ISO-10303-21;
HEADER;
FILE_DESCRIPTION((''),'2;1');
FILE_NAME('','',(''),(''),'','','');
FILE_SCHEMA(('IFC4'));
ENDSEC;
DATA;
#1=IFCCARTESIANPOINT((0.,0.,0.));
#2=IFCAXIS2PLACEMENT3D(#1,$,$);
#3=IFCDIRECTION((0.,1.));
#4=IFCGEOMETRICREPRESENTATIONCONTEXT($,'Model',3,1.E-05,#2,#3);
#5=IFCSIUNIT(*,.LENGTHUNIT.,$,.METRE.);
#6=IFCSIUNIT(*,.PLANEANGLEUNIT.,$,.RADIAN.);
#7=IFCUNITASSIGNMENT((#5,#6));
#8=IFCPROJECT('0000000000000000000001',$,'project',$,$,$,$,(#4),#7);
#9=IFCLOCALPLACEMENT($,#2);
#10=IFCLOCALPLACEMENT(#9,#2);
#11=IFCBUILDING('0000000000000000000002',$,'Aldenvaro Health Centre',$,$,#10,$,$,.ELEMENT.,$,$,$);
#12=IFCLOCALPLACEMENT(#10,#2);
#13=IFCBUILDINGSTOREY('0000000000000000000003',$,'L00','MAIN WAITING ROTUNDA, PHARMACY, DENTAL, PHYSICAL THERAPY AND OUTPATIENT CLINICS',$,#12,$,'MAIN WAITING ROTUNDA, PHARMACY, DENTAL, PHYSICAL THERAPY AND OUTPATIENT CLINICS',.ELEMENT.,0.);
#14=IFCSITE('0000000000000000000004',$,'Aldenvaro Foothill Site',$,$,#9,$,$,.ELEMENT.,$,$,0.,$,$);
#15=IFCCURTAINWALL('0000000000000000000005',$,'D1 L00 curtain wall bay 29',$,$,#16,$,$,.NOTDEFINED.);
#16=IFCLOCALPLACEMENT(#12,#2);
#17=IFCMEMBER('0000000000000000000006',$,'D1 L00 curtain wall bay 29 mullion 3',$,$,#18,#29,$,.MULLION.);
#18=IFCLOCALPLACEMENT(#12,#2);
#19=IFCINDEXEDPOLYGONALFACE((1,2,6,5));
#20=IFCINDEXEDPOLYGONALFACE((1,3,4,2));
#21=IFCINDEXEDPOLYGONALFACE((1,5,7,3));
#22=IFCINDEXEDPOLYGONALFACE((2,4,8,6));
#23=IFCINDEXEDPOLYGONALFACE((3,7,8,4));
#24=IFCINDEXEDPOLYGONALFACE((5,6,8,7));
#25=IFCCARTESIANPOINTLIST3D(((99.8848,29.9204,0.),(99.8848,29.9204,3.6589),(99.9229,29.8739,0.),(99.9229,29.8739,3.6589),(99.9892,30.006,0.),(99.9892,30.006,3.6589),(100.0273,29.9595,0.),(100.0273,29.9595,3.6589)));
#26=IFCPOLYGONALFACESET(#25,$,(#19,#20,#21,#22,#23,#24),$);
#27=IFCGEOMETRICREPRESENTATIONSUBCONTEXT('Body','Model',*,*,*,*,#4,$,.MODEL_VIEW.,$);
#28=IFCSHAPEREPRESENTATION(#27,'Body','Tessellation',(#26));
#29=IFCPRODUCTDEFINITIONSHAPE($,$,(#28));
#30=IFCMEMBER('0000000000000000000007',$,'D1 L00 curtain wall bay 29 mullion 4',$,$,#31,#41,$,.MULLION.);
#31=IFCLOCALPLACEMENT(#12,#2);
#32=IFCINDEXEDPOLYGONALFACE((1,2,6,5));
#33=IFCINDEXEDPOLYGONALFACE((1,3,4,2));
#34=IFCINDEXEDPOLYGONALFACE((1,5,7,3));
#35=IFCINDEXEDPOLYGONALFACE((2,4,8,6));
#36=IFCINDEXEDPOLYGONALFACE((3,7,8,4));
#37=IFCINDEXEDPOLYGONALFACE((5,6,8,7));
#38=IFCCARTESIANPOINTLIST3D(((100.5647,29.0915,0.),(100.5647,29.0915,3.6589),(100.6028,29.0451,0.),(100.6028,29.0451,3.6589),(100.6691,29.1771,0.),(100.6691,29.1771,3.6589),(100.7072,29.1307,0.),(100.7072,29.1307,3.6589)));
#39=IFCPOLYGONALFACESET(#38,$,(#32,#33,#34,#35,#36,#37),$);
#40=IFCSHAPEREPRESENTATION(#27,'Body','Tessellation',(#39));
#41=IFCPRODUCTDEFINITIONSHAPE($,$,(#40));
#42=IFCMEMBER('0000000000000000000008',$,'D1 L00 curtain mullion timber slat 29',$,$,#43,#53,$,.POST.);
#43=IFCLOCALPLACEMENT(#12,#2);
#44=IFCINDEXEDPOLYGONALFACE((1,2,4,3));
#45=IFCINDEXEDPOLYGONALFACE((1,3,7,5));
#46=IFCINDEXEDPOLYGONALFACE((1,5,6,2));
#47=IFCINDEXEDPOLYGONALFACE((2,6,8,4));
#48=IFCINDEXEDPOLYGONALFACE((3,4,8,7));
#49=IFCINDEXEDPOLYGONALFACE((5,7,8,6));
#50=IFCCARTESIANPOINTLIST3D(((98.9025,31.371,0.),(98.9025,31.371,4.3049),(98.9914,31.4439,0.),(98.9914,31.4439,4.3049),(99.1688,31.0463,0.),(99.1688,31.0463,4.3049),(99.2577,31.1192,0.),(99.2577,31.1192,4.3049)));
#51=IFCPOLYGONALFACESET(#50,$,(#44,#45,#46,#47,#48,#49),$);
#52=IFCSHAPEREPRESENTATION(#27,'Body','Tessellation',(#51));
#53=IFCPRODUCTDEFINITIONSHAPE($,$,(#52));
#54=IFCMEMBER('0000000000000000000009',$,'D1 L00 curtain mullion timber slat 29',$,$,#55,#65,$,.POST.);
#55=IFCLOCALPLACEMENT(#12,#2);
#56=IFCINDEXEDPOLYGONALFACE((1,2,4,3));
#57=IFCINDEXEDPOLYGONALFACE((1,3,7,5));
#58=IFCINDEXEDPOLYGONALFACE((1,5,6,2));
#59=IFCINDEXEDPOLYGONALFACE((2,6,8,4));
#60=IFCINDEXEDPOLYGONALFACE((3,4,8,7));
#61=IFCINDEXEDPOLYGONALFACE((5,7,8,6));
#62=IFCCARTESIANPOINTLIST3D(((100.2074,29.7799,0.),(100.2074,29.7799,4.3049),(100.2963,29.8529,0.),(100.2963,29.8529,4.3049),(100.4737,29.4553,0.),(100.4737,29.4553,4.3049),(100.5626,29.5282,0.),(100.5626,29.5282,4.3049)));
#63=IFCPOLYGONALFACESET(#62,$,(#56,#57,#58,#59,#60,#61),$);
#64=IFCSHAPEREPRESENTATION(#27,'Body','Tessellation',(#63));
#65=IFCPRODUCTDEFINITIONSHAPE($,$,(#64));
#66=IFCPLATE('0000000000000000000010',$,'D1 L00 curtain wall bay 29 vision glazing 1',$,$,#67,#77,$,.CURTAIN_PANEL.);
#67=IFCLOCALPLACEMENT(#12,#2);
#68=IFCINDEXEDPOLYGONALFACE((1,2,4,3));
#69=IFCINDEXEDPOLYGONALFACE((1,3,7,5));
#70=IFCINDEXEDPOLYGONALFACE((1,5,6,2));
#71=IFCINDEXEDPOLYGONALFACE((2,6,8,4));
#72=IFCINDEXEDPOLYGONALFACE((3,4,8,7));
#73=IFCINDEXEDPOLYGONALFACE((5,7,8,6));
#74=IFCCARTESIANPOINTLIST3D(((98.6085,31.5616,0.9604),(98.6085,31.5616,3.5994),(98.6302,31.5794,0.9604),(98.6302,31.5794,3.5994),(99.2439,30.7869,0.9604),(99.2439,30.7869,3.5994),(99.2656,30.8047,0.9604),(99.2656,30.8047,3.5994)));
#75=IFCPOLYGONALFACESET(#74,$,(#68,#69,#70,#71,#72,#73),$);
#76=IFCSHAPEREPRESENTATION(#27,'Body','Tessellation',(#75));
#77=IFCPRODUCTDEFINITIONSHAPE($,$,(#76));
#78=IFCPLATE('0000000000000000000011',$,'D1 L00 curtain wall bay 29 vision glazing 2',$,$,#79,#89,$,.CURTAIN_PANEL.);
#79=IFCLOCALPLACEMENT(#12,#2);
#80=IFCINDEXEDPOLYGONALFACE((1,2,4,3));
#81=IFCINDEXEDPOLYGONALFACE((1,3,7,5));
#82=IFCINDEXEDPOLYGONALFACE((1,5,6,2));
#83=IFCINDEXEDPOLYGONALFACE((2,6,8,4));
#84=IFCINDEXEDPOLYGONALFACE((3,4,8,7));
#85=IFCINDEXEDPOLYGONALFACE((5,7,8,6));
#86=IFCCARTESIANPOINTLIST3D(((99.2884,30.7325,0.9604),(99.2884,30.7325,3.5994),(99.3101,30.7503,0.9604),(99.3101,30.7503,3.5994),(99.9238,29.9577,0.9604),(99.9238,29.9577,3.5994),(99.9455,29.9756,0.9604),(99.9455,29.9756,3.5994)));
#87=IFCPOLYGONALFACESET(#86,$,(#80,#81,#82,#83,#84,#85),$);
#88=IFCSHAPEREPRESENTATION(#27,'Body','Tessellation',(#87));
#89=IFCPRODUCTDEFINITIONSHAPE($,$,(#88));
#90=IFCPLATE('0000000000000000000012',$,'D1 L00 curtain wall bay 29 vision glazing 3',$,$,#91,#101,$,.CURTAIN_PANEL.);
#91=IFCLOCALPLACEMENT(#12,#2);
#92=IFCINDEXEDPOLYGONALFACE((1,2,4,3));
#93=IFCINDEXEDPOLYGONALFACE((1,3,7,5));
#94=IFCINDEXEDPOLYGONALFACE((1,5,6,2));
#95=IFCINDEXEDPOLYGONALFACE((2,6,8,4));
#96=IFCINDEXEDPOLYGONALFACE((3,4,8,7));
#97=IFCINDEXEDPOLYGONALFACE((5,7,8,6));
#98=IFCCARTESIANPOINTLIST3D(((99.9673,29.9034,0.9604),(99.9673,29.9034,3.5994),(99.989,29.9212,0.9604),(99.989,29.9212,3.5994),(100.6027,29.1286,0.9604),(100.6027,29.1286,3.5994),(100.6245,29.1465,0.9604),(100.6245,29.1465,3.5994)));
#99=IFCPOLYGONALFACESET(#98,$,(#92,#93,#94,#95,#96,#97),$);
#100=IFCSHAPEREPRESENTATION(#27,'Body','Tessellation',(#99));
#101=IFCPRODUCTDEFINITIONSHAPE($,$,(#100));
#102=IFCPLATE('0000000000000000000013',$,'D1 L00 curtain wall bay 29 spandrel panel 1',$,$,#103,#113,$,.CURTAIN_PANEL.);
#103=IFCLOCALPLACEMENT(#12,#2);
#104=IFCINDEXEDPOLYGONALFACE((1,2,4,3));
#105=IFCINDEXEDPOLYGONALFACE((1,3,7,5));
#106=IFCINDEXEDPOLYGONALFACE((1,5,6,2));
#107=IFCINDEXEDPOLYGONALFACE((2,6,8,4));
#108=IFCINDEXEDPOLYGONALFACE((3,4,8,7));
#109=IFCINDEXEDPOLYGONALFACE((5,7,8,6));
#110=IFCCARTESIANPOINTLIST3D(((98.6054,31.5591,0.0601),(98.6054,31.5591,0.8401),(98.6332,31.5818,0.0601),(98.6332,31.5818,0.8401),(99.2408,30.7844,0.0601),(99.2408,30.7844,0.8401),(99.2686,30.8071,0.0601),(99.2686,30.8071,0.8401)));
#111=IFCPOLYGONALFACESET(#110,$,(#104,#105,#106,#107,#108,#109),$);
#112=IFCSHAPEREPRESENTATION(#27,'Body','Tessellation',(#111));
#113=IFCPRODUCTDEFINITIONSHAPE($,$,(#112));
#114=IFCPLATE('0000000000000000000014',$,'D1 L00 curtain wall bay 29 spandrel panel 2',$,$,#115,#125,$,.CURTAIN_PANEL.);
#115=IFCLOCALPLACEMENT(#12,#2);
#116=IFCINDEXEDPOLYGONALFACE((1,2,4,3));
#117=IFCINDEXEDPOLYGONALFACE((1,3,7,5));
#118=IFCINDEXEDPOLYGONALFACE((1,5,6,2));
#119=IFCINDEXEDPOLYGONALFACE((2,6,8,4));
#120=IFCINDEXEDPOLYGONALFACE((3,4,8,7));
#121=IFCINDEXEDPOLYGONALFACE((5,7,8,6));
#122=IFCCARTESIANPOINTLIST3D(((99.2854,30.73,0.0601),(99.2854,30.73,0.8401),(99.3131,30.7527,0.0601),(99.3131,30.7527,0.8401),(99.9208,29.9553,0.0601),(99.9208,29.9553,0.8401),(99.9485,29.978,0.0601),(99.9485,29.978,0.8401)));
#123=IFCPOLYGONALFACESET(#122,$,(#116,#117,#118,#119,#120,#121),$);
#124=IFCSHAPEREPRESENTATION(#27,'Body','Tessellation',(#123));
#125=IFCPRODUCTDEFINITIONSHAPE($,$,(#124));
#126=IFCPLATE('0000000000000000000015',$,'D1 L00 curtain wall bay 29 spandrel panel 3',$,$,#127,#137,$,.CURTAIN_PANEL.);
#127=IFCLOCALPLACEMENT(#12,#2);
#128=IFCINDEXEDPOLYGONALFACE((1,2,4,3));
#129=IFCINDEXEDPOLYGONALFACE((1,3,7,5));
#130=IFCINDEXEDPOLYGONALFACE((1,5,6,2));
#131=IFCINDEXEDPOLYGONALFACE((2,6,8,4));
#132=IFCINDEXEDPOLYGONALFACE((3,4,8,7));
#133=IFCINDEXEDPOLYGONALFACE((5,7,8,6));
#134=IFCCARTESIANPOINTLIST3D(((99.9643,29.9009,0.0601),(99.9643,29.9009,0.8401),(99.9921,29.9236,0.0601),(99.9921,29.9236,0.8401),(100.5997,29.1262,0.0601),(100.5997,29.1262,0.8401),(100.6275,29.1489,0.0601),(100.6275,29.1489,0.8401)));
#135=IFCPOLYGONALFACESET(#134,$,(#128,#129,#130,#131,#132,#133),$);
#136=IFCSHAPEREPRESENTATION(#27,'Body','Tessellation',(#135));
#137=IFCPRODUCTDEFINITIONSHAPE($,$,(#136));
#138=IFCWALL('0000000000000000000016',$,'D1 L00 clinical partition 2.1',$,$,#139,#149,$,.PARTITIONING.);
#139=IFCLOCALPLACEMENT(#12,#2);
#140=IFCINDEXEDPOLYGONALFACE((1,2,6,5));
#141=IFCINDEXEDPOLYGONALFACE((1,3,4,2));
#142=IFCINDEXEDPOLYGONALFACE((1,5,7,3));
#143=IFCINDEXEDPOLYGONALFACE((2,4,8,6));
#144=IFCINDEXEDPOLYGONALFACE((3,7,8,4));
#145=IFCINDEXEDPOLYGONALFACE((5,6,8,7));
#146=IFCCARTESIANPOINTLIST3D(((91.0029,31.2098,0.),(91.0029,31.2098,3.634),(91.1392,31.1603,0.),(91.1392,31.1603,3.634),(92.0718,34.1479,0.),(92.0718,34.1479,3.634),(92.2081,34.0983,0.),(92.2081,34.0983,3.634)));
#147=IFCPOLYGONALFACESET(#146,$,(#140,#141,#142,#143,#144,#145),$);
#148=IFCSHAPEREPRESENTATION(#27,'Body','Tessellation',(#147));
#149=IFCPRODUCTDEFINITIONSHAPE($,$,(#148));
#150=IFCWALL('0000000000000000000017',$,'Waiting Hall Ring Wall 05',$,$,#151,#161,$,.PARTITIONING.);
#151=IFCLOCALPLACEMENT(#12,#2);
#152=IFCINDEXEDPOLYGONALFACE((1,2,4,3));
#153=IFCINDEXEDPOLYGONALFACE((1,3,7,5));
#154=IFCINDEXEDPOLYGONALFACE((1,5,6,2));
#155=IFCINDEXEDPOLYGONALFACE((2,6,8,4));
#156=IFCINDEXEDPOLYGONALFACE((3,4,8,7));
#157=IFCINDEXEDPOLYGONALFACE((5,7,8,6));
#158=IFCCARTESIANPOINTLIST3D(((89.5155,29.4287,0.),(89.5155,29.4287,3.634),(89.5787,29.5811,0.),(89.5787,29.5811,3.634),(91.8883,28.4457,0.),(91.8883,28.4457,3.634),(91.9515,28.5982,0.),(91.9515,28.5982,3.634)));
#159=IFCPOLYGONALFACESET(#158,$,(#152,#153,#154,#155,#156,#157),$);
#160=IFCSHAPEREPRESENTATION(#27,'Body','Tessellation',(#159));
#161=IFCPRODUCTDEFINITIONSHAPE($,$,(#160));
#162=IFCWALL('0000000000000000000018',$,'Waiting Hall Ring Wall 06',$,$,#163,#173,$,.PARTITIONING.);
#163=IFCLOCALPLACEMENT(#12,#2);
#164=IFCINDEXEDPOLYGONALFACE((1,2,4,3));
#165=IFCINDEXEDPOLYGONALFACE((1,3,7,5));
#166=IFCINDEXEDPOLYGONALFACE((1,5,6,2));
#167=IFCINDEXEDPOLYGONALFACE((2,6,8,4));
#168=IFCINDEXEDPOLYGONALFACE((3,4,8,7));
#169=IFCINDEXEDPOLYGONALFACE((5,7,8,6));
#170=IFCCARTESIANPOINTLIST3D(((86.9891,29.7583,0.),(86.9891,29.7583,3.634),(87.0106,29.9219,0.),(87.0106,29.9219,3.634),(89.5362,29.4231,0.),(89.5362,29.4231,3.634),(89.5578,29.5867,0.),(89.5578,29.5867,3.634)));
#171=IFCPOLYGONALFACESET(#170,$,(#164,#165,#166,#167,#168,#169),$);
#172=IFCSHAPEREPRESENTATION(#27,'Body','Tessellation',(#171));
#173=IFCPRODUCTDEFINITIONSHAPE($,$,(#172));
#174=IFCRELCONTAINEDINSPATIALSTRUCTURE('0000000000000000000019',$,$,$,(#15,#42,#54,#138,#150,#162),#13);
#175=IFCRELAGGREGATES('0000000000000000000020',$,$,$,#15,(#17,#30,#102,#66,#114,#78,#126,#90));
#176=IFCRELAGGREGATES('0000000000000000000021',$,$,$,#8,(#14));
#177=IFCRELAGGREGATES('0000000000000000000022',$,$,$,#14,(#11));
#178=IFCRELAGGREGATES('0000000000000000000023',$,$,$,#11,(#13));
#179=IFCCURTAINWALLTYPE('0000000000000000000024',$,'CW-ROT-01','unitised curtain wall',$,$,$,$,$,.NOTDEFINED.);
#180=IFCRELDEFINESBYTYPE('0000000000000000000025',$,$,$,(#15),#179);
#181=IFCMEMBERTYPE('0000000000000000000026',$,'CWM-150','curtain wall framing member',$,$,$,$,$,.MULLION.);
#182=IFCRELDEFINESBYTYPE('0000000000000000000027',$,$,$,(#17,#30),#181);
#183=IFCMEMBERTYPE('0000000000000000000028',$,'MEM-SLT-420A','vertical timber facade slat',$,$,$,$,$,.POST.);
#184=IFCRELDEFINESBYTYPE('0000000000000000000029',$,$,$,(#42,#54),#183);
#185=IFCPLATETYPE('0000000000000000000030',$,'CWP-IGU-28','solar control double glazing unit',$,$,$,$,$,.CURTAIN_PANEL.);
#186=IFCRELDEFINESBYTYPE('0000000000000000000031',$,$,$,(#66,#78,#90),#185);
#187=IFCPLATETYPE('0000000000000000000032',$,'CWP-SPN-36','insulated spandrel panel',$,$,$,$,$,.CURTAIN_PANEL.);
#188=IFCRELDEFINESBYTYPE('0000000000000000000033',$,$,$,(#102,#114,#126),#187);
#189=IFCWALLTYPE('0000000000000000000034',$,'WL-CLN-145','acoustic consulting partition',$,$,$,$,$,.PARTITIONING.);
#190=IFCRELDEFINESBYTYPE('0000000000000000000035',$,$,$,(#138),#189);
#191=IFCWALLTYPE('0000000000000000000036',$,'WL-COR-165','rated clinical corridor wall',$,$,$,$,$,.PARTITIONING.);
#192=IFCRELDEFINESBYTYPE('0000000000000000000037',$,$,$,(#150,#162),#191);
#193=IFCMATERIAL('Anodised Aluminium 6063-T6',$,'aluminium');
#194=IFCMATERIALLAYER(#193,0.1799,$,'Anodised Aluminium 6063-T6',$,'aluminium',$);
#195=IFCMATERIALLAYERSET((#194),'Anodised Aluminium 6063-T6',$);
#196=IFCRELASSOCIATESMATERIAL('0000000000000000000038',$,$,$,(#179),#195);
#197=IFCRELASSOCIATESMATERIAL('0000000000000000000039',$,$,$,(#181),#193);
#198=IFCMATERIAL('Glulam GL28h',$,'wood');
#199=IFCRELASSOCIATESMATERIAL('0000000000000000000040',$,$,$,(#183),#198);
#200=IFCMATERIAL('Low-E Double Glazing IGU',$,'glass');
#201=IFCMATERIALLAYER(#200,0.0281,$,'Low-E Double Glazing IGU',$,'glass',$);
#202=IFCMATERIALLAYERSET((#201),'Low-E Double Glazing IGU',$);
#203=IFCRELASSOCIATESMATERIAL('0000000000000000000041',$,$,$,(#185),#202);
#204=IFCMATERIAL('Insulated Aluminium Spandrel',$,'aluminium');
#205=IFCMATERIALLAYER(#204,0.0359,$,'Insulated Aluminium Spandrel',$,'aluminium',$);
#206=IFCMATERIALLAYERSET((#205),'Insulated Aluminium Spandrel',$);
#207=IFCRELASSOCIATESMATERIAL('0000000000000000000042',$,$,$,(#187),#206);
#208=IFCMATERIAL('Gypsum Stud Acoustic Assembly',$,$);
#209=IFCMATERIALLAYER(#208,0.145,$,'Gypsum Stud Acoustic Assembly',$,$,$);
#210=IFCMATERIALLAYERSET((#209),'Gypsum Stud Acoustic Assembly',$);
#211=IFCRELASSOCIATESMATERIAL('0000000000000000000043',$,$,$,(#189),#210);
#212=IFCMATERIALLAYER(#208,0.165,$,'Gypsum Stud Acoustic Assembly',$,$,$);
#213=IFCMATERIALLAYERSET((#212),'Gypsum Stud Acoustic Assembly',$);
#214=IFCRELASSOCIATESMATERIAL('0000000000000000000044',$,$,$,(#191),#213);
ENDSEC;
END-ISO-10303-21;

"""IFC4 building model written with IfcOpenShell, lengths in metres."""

from ifc_helpers import new_model, si_unit, direction, frame, frame_2d, origin, origin_2d, place, context, subcontext, project, spatial, rectangle, extrude, material, layer, layer_set, material_profile, profile_set, type_object, element, aggregate, save


model = new_model("IFC4")

# Units and contexts
model_context = context("Model", 3, precision=1e-05, world=origin(), true_north=direction((0.0, 1.0)))
body_context = subcontext(model_context, "Body", "Model", "MODEL_VIEW")
ifc_project = project(units=[si_unit("LENGTHUNIT", "METRE"), si_unit("PLANEANGLEUNIT", "RADIAN")], contexts=[model_context])

# Site, building, storey
site_placement = place(None, origin())
site = spatial("IfcSite", under=ifc_project, at=site_placement, Name="Aldenvaro Foothill Site", CompositionType="ELEMENT", RefElevation=0.0)
building_placement = place(site_placement, origin())
building = spatial("IfcBuilding", under=site, at=building_placement, Name="Aldenvaro Health Centre", CompositionType="ELEMENT")
storey_placement = place(building_placement, origin())
storey = spatial("IfcBuildingStorey", under=building, at=storey_placement, Name="L00", Description="MAIN WAITING ROTUNDA, PHARMACY, DENTAL, PHYSICAL THERAPY AND OUTPATIENT CLINICS", LongName="MAIN WAITING ROTUNDA, PHARMACY, DENTAL, PHYSICAL THERAPY AND OUTPATIENT CLINICS", CompositionType="ELEMENT", Elevation=0.0)

# Shared definitions
ifc_material_1 = material(Name="Glulam GL28h", Category="wood")

# Curtain wall, members
ifc_material_2 = material(Name="Anodised Aluminium 6063-T6", Category="aluminium")
ifc_layer_1 = layer(ifc_material_2, 0.1799, Name="Anodised Aluminium 6063-T6", Category="aluminium")
ifc_layer_set_1 = layer_set([ifc_layer_1], Name="Anodised Aluminium 6063-T6")
curtain_wall_type = type_object("IfcCurtainWallType", Name="CW-ROT-01", Description="unitised curtain wall", PredefinedType="NOTDEFINED", material=ifc_layer_set_1)
curtain_wall_placement = place(storey_placement, origin())
curtain_wall = element("IfcCurtainWall", 1, at=curtain_wall_placement, inside=storey, type_object=curtain_wall_type, Name="D1 L00 curtain wall bay 29", PredefinedType="NOTDEFINED")
ifc_material_profile_1 = material_profile(ifc_material_2, rectangle(XDim=0.0601, YDim=0.135, at=origin_2d()), Name="ALU 60x135", Category="aluminium")
ifc_profile_set_1 = profile_set([ifc_material_profile_1], Name="Anodised Aluminium 6063-T6")
member_type_1 = type_object("IfcMemberType", Name="CWM-150", Description="curtain wall framing member", PredefinedType="MULLION", material=ifc_profile_set_1)
member_1_placement = place(storey_placement, frame((99.9561, 29.9399, 0.0), z_axis=(0.0, 0.0, 1.0), x_axis=(0.634169, -0.773195, 0.0)))
member_1 = element("IfcMember", 2, at=member_1_placement, type_object=member_type_1, Name="D1 L00 curtain wall bay 29 mullion 3", PredefinedType="MULLION", context=body_context, shape_type="SweptSolid", body=[
    extrude(rectangle(XDim=0.0601, YDim=0.135, at=origin_2d()), origin(), (0.0, 0.0, 1.0), 3.6589),
])
member_2_placement = place(storey_placement, frame((100.636, 29.1111, 0.0), z_axis=(0.0, 0.0, 1.0), x_axis=(0.634169, -0.773195, 0.0)))
member_2 = element("IfcMember", 3, at=member_2_placement, type_object=member_type_1, Name="D1 L00 curtain wall bay 29 mullion 4", PredefinedType="MULLION", context=body_context, shape_type="SweptSolid", body=[
    extrude(rectangle(XDim=0.0601, YDim=0.135, at=origin_2d()), origin(), (0.0, 0.0, 1.0), 3.6589),
])

# Members
ifc_material_profile_2 = material_profile(ifc_material_1, rectangle(XDim=0.115, YDim=0.4199, at=origin_2d()), Name="GL 115x420", Category="wood")
ifc_profile_set_2 = profile_set([ifc_material_profile_2], Name="Glulam GL28h")
member_type_2 = type_object("IfcMemberType", Name="MEM-SLT-420A", Description="vertical timber facade slat", PredefinedType="POST", material=ifc_profile_set_2)
for number, where, z_axis, x_axis, name in (
    (4, (99.0801, 31.2451, 0.0), (0.0, 0.0, 1.0), (0.773195, 0.634169, 0.0), "D1 L00 curtain mullion timber slat 29"),
    (5, (100.385, 29.6541, 0.0), (0.0, 0.0, 1.0), (0.773195, 0.634169, 0.0), "D1 L00 curtain mullion timber slat 29"),
):
    element("IfcMember", number, at=place(storey_placement, frame(where, z_axis=z_axis, x_axis=x_axis)), inside=storey, type_object=member_type_2, Name=name, PredefinedType="POST", context=body_context, shape_type="SweptSolid", body=[
        extrude(rectangle(XDim=0.115, YDim=0.4199, at=origin_2d()), origin(), (0.0, 0.0, 1.0), 4.3049),
    ])

# Plates
ifc_material_3 = material(Name="Low-E Double Glazing IGU", Category="glass")
ifc_layer_2 = layer(ifc_material_3, 0.0281, Name="Low-E Double Glazing IGU", Category="glass")
ifc_layer_set_2 = layer_set([ifc_layer_2], Name="Low-E Double Glazing IGU")
plate_type_1 = type_object("IfcPlateType", Name="CWP-IGU-28", Description="solar control double glazing unit", PredefinedType="CURTAIN_PANEL", material=ifc_layer_set_2)
plate_1_placement = place(storey_placement, frame((98.937, 31.1831, 0.9604), z_axis=(0.0, 0.0, 1.0), x_axis=(0.634169, -0.773195, 0.0)))
plate_1 = element("IfcPlate", 6, at=plate_1_placement, type_object=plate_type_1, Name="D1 L00 curtain wall bay 29 vision glazing 1", PredefinedType="CURTAIN_PANEL", context=body_context, shape_type="SweptSolid", body=[
    extrude(rectangle(XDim=1.002, YDim=0.0281, at=origin_2d()), origin(), (0.0, 0.0, 1.0), 2.6389),
])
plate_2_placement = place(storey_placement, frame((99.6169, 30.354, 0.9604), z_axis=(0.0, 0.0, 1.0), x_axis=(0.634169, -0.773195, 0.0)))
plate_2 = element("IfcPlate", 7, at=plate_2_placement, type_object=plate_type_1, Name="D1 L00 curtain wall bay 29 vision glazing 2", PredefinedType="CURTAIN_PANEL", context=body_context, shape_type="SweptSolid", body=[
    extrude(rectangle(XDim=1.002, YDim=0.0281, at=origin_2d()), origin(), (0.0, 0.0, 1.0), 2.6389),
])
plate_3_placement = place(storey_placement, frame((100.2959, 29.5249, 0.9604), z_axis=(0.0, 0.0, 1.0), x_axis=(0.634169, -0.773195, 0.0)))
plate_3 = element("IfcPlate", 8, at=plate_3_placement, type_object=plate_type_1, Name="D1 L00 curtain wall bay 29 vision glazing 3", PredefinedType="CURTAIN_PANEL", context=body_context, shape_type="SweptSolid", body=[
    extrude(rectangle(XDim=1.002, YDim=0.0281, at=origin_2d()), origin(), (0.0, 0.0, 1.0), 2.6389),
])
ifc_material_4 = material(Name="Insulated Aluminium Spandrel", Category="aluminium")
ifc_layer_3 = layer(ifc_material_4, 0.0359, Name="Insulated Aluminium Spandrel", Category="aluminium")
ifc_layer_set_3 = layer_set([ifc_layer_3], Name="Insulated Aluminium Spandrel")
plate_type_2 = type_object("IfcPlateType", Name="CWP-SPN-36", Description="insulated spandrel panel", PredefinedType="CURTAIN_PANEL", material=ifc_layer_set_3)
plate_4_placement = place(storey_placement, frame((98.937, 31.1831, 0.0601), z_axis=(0.0, 0.0, 1.0), x_axis=(0.634169, -0.773195, 0.0)))
plate_4 = element("IfcPlate", 9, at=plate_4_placement, type_object=plate_type_2, Name="D1 L00 curtain wall bay 29 spandrel panel 1", PredefinedType="CURTAIN_PANEL", context=body_context, shape_type="SweptSolid", body=[
    extrude(rectangle(XDim=1.002, YDim=0.0359, at=origin_2d()), origin(), (0.0, 0.0, 1.0), 0.78),
])
plate_5_placement = place(storey_placement, frame((99.6169, 30.354, 0.0601), z_axis=(0.0, 0.0, 1.0), x_axis=(0.634169, -0.773195, 0.0)))
plate_5 = element("IfcPlate", 10, at=plate_5_placement, type_object=plate_type_2, Name="D1 L00 curtain wall bay 29 spandrel panel 2", PredefinedType="CURTAIN_PANEL", context=body_context, shape_type="SweptSolid", body=[
    extrude(rectangle(XDim=1.002, YDim=0.0359, at=origin_2d()), origin(), (0.0, 0.0, 1.0), 0.78),
])
plate_6_placement = place(storey_placement, frame((100.2959, 29.5249, 0.0601), z_axis=(0.0, 0.0, 1.0), x_axis=(0.634169, -0.773195, 0.0)))
plate_6 = element("IfcPlate", 11, at=plate_6_placement, type_object=plate_type_2, Name="D1 L00 curtain wall bay 29 spandrel panel 3", PredefinedType="CURTAIN_PANEL", context=body_context, shape_type="SweptSolid", body=[
    extrude(rectangle(XDim=1.002, YDim=0.0359, at=origin_2d()), origin(), (0.0, 0.0, 1.0), 0.78),
])
aggregate(curtain_wall, [member_1, member_2, plate_4, plate_1, plate_5, plate_2, plate_6, plate_3])

# Walls
ifc_material_5 = material(Name="Gypsum Stud Acoustic Assembly")
ifc_layer_4 = layer(ifc_material_5, 0.145, Name="Gypsum Stud Acoustic Assembly")
ifc_layer_set_4 = layer_set([ifc_layer_4], Name="Gypsum Stud Acoustic Assembly")
wall_type_1 = type_object("IfcWallType", Name="WL-CLN-145", Description="acoustic consulting partition", PredefinedType="PARTITIONING", material=ifc_layer_set_4)
wall_1_placement = place(storey_placement, frame((91.071, 31.1851, 0.0), z_axis=(0.0, 0.0, 1.0), x_axis=(0.341881, 0.939743, 0.0)))
element("IfcWall", 12, at=wall_1_placement, inside=storey, type_object=wall_type_1, Name="D1 L00 clinical partition 2.1", PredefinedType="PARTITIONING", context=body_context, shape_type="SweptSolid", body=[
    extrude(rectangle(XDim=3.1265, YDim=0.145, at=frame_2d((1.5632, 0.0))), origin(), (0.0, 0.0, 1.0), 3.634),
])
ifc_layer_5 = layer(ifc_material_5, 0.165, Name="Gypsum Stud Acoustic Assembly")
ifc_layer_set_5 = layer_set([ifc_layer_5], Name="Gypsum Stud Acoustic Assembly")
wall_type_2 = type_object("IfcWallType", Name="WL-COR-165", Description="rated clinical corridor wall", PredefinedType="PARTITIONING", material=ifc_layer_set_5)
wall_2_placement = place(storey_placement, frame((91.9199, 28.522, 0.0), z_axis=(0.0, 0.0, 1.0), x_axis=(-0.923871, 0.382704, 0.0)))
element("IfcWall", 13, at=wall_2_placement, inside=storey, type_object=wall_type_2, Name="Waiting Hall Ring Wall 05", PredefinedType="PARTITIONING", context=body_context, shape_type="SweptSolid", body=[
    extrude(rectangle(XDim=2.5684, YDim=0.165, at=frame_2d((1.2842, 0.0))), origin(), (0.0, 0.0, 1.0), 3.634),
])
wall_3_placement = place(storey_placement, frame((89.5471, 29.5049, 0.0), z_axis=(0.0, 0.0, 1.0), x_axis=(-0.991451, 0.130477, 0.0)))
element("IfcWall", 14, at=wall_3_placement, inside=storey, type_object=wall_type_2, Name="Waiting Hall Ring Wall 06", PredefinedType="PARTITIONING", context=body_context, shape_type="SweptSolid", body=[
    extrude(rectangle(XDim=2.5691, YDim=0.165, at=frame_2d((1.2847, 0.0))), origin(), (0.0, 0.0, 1.0), 3.634),
])

save(model, "model.ifc")
